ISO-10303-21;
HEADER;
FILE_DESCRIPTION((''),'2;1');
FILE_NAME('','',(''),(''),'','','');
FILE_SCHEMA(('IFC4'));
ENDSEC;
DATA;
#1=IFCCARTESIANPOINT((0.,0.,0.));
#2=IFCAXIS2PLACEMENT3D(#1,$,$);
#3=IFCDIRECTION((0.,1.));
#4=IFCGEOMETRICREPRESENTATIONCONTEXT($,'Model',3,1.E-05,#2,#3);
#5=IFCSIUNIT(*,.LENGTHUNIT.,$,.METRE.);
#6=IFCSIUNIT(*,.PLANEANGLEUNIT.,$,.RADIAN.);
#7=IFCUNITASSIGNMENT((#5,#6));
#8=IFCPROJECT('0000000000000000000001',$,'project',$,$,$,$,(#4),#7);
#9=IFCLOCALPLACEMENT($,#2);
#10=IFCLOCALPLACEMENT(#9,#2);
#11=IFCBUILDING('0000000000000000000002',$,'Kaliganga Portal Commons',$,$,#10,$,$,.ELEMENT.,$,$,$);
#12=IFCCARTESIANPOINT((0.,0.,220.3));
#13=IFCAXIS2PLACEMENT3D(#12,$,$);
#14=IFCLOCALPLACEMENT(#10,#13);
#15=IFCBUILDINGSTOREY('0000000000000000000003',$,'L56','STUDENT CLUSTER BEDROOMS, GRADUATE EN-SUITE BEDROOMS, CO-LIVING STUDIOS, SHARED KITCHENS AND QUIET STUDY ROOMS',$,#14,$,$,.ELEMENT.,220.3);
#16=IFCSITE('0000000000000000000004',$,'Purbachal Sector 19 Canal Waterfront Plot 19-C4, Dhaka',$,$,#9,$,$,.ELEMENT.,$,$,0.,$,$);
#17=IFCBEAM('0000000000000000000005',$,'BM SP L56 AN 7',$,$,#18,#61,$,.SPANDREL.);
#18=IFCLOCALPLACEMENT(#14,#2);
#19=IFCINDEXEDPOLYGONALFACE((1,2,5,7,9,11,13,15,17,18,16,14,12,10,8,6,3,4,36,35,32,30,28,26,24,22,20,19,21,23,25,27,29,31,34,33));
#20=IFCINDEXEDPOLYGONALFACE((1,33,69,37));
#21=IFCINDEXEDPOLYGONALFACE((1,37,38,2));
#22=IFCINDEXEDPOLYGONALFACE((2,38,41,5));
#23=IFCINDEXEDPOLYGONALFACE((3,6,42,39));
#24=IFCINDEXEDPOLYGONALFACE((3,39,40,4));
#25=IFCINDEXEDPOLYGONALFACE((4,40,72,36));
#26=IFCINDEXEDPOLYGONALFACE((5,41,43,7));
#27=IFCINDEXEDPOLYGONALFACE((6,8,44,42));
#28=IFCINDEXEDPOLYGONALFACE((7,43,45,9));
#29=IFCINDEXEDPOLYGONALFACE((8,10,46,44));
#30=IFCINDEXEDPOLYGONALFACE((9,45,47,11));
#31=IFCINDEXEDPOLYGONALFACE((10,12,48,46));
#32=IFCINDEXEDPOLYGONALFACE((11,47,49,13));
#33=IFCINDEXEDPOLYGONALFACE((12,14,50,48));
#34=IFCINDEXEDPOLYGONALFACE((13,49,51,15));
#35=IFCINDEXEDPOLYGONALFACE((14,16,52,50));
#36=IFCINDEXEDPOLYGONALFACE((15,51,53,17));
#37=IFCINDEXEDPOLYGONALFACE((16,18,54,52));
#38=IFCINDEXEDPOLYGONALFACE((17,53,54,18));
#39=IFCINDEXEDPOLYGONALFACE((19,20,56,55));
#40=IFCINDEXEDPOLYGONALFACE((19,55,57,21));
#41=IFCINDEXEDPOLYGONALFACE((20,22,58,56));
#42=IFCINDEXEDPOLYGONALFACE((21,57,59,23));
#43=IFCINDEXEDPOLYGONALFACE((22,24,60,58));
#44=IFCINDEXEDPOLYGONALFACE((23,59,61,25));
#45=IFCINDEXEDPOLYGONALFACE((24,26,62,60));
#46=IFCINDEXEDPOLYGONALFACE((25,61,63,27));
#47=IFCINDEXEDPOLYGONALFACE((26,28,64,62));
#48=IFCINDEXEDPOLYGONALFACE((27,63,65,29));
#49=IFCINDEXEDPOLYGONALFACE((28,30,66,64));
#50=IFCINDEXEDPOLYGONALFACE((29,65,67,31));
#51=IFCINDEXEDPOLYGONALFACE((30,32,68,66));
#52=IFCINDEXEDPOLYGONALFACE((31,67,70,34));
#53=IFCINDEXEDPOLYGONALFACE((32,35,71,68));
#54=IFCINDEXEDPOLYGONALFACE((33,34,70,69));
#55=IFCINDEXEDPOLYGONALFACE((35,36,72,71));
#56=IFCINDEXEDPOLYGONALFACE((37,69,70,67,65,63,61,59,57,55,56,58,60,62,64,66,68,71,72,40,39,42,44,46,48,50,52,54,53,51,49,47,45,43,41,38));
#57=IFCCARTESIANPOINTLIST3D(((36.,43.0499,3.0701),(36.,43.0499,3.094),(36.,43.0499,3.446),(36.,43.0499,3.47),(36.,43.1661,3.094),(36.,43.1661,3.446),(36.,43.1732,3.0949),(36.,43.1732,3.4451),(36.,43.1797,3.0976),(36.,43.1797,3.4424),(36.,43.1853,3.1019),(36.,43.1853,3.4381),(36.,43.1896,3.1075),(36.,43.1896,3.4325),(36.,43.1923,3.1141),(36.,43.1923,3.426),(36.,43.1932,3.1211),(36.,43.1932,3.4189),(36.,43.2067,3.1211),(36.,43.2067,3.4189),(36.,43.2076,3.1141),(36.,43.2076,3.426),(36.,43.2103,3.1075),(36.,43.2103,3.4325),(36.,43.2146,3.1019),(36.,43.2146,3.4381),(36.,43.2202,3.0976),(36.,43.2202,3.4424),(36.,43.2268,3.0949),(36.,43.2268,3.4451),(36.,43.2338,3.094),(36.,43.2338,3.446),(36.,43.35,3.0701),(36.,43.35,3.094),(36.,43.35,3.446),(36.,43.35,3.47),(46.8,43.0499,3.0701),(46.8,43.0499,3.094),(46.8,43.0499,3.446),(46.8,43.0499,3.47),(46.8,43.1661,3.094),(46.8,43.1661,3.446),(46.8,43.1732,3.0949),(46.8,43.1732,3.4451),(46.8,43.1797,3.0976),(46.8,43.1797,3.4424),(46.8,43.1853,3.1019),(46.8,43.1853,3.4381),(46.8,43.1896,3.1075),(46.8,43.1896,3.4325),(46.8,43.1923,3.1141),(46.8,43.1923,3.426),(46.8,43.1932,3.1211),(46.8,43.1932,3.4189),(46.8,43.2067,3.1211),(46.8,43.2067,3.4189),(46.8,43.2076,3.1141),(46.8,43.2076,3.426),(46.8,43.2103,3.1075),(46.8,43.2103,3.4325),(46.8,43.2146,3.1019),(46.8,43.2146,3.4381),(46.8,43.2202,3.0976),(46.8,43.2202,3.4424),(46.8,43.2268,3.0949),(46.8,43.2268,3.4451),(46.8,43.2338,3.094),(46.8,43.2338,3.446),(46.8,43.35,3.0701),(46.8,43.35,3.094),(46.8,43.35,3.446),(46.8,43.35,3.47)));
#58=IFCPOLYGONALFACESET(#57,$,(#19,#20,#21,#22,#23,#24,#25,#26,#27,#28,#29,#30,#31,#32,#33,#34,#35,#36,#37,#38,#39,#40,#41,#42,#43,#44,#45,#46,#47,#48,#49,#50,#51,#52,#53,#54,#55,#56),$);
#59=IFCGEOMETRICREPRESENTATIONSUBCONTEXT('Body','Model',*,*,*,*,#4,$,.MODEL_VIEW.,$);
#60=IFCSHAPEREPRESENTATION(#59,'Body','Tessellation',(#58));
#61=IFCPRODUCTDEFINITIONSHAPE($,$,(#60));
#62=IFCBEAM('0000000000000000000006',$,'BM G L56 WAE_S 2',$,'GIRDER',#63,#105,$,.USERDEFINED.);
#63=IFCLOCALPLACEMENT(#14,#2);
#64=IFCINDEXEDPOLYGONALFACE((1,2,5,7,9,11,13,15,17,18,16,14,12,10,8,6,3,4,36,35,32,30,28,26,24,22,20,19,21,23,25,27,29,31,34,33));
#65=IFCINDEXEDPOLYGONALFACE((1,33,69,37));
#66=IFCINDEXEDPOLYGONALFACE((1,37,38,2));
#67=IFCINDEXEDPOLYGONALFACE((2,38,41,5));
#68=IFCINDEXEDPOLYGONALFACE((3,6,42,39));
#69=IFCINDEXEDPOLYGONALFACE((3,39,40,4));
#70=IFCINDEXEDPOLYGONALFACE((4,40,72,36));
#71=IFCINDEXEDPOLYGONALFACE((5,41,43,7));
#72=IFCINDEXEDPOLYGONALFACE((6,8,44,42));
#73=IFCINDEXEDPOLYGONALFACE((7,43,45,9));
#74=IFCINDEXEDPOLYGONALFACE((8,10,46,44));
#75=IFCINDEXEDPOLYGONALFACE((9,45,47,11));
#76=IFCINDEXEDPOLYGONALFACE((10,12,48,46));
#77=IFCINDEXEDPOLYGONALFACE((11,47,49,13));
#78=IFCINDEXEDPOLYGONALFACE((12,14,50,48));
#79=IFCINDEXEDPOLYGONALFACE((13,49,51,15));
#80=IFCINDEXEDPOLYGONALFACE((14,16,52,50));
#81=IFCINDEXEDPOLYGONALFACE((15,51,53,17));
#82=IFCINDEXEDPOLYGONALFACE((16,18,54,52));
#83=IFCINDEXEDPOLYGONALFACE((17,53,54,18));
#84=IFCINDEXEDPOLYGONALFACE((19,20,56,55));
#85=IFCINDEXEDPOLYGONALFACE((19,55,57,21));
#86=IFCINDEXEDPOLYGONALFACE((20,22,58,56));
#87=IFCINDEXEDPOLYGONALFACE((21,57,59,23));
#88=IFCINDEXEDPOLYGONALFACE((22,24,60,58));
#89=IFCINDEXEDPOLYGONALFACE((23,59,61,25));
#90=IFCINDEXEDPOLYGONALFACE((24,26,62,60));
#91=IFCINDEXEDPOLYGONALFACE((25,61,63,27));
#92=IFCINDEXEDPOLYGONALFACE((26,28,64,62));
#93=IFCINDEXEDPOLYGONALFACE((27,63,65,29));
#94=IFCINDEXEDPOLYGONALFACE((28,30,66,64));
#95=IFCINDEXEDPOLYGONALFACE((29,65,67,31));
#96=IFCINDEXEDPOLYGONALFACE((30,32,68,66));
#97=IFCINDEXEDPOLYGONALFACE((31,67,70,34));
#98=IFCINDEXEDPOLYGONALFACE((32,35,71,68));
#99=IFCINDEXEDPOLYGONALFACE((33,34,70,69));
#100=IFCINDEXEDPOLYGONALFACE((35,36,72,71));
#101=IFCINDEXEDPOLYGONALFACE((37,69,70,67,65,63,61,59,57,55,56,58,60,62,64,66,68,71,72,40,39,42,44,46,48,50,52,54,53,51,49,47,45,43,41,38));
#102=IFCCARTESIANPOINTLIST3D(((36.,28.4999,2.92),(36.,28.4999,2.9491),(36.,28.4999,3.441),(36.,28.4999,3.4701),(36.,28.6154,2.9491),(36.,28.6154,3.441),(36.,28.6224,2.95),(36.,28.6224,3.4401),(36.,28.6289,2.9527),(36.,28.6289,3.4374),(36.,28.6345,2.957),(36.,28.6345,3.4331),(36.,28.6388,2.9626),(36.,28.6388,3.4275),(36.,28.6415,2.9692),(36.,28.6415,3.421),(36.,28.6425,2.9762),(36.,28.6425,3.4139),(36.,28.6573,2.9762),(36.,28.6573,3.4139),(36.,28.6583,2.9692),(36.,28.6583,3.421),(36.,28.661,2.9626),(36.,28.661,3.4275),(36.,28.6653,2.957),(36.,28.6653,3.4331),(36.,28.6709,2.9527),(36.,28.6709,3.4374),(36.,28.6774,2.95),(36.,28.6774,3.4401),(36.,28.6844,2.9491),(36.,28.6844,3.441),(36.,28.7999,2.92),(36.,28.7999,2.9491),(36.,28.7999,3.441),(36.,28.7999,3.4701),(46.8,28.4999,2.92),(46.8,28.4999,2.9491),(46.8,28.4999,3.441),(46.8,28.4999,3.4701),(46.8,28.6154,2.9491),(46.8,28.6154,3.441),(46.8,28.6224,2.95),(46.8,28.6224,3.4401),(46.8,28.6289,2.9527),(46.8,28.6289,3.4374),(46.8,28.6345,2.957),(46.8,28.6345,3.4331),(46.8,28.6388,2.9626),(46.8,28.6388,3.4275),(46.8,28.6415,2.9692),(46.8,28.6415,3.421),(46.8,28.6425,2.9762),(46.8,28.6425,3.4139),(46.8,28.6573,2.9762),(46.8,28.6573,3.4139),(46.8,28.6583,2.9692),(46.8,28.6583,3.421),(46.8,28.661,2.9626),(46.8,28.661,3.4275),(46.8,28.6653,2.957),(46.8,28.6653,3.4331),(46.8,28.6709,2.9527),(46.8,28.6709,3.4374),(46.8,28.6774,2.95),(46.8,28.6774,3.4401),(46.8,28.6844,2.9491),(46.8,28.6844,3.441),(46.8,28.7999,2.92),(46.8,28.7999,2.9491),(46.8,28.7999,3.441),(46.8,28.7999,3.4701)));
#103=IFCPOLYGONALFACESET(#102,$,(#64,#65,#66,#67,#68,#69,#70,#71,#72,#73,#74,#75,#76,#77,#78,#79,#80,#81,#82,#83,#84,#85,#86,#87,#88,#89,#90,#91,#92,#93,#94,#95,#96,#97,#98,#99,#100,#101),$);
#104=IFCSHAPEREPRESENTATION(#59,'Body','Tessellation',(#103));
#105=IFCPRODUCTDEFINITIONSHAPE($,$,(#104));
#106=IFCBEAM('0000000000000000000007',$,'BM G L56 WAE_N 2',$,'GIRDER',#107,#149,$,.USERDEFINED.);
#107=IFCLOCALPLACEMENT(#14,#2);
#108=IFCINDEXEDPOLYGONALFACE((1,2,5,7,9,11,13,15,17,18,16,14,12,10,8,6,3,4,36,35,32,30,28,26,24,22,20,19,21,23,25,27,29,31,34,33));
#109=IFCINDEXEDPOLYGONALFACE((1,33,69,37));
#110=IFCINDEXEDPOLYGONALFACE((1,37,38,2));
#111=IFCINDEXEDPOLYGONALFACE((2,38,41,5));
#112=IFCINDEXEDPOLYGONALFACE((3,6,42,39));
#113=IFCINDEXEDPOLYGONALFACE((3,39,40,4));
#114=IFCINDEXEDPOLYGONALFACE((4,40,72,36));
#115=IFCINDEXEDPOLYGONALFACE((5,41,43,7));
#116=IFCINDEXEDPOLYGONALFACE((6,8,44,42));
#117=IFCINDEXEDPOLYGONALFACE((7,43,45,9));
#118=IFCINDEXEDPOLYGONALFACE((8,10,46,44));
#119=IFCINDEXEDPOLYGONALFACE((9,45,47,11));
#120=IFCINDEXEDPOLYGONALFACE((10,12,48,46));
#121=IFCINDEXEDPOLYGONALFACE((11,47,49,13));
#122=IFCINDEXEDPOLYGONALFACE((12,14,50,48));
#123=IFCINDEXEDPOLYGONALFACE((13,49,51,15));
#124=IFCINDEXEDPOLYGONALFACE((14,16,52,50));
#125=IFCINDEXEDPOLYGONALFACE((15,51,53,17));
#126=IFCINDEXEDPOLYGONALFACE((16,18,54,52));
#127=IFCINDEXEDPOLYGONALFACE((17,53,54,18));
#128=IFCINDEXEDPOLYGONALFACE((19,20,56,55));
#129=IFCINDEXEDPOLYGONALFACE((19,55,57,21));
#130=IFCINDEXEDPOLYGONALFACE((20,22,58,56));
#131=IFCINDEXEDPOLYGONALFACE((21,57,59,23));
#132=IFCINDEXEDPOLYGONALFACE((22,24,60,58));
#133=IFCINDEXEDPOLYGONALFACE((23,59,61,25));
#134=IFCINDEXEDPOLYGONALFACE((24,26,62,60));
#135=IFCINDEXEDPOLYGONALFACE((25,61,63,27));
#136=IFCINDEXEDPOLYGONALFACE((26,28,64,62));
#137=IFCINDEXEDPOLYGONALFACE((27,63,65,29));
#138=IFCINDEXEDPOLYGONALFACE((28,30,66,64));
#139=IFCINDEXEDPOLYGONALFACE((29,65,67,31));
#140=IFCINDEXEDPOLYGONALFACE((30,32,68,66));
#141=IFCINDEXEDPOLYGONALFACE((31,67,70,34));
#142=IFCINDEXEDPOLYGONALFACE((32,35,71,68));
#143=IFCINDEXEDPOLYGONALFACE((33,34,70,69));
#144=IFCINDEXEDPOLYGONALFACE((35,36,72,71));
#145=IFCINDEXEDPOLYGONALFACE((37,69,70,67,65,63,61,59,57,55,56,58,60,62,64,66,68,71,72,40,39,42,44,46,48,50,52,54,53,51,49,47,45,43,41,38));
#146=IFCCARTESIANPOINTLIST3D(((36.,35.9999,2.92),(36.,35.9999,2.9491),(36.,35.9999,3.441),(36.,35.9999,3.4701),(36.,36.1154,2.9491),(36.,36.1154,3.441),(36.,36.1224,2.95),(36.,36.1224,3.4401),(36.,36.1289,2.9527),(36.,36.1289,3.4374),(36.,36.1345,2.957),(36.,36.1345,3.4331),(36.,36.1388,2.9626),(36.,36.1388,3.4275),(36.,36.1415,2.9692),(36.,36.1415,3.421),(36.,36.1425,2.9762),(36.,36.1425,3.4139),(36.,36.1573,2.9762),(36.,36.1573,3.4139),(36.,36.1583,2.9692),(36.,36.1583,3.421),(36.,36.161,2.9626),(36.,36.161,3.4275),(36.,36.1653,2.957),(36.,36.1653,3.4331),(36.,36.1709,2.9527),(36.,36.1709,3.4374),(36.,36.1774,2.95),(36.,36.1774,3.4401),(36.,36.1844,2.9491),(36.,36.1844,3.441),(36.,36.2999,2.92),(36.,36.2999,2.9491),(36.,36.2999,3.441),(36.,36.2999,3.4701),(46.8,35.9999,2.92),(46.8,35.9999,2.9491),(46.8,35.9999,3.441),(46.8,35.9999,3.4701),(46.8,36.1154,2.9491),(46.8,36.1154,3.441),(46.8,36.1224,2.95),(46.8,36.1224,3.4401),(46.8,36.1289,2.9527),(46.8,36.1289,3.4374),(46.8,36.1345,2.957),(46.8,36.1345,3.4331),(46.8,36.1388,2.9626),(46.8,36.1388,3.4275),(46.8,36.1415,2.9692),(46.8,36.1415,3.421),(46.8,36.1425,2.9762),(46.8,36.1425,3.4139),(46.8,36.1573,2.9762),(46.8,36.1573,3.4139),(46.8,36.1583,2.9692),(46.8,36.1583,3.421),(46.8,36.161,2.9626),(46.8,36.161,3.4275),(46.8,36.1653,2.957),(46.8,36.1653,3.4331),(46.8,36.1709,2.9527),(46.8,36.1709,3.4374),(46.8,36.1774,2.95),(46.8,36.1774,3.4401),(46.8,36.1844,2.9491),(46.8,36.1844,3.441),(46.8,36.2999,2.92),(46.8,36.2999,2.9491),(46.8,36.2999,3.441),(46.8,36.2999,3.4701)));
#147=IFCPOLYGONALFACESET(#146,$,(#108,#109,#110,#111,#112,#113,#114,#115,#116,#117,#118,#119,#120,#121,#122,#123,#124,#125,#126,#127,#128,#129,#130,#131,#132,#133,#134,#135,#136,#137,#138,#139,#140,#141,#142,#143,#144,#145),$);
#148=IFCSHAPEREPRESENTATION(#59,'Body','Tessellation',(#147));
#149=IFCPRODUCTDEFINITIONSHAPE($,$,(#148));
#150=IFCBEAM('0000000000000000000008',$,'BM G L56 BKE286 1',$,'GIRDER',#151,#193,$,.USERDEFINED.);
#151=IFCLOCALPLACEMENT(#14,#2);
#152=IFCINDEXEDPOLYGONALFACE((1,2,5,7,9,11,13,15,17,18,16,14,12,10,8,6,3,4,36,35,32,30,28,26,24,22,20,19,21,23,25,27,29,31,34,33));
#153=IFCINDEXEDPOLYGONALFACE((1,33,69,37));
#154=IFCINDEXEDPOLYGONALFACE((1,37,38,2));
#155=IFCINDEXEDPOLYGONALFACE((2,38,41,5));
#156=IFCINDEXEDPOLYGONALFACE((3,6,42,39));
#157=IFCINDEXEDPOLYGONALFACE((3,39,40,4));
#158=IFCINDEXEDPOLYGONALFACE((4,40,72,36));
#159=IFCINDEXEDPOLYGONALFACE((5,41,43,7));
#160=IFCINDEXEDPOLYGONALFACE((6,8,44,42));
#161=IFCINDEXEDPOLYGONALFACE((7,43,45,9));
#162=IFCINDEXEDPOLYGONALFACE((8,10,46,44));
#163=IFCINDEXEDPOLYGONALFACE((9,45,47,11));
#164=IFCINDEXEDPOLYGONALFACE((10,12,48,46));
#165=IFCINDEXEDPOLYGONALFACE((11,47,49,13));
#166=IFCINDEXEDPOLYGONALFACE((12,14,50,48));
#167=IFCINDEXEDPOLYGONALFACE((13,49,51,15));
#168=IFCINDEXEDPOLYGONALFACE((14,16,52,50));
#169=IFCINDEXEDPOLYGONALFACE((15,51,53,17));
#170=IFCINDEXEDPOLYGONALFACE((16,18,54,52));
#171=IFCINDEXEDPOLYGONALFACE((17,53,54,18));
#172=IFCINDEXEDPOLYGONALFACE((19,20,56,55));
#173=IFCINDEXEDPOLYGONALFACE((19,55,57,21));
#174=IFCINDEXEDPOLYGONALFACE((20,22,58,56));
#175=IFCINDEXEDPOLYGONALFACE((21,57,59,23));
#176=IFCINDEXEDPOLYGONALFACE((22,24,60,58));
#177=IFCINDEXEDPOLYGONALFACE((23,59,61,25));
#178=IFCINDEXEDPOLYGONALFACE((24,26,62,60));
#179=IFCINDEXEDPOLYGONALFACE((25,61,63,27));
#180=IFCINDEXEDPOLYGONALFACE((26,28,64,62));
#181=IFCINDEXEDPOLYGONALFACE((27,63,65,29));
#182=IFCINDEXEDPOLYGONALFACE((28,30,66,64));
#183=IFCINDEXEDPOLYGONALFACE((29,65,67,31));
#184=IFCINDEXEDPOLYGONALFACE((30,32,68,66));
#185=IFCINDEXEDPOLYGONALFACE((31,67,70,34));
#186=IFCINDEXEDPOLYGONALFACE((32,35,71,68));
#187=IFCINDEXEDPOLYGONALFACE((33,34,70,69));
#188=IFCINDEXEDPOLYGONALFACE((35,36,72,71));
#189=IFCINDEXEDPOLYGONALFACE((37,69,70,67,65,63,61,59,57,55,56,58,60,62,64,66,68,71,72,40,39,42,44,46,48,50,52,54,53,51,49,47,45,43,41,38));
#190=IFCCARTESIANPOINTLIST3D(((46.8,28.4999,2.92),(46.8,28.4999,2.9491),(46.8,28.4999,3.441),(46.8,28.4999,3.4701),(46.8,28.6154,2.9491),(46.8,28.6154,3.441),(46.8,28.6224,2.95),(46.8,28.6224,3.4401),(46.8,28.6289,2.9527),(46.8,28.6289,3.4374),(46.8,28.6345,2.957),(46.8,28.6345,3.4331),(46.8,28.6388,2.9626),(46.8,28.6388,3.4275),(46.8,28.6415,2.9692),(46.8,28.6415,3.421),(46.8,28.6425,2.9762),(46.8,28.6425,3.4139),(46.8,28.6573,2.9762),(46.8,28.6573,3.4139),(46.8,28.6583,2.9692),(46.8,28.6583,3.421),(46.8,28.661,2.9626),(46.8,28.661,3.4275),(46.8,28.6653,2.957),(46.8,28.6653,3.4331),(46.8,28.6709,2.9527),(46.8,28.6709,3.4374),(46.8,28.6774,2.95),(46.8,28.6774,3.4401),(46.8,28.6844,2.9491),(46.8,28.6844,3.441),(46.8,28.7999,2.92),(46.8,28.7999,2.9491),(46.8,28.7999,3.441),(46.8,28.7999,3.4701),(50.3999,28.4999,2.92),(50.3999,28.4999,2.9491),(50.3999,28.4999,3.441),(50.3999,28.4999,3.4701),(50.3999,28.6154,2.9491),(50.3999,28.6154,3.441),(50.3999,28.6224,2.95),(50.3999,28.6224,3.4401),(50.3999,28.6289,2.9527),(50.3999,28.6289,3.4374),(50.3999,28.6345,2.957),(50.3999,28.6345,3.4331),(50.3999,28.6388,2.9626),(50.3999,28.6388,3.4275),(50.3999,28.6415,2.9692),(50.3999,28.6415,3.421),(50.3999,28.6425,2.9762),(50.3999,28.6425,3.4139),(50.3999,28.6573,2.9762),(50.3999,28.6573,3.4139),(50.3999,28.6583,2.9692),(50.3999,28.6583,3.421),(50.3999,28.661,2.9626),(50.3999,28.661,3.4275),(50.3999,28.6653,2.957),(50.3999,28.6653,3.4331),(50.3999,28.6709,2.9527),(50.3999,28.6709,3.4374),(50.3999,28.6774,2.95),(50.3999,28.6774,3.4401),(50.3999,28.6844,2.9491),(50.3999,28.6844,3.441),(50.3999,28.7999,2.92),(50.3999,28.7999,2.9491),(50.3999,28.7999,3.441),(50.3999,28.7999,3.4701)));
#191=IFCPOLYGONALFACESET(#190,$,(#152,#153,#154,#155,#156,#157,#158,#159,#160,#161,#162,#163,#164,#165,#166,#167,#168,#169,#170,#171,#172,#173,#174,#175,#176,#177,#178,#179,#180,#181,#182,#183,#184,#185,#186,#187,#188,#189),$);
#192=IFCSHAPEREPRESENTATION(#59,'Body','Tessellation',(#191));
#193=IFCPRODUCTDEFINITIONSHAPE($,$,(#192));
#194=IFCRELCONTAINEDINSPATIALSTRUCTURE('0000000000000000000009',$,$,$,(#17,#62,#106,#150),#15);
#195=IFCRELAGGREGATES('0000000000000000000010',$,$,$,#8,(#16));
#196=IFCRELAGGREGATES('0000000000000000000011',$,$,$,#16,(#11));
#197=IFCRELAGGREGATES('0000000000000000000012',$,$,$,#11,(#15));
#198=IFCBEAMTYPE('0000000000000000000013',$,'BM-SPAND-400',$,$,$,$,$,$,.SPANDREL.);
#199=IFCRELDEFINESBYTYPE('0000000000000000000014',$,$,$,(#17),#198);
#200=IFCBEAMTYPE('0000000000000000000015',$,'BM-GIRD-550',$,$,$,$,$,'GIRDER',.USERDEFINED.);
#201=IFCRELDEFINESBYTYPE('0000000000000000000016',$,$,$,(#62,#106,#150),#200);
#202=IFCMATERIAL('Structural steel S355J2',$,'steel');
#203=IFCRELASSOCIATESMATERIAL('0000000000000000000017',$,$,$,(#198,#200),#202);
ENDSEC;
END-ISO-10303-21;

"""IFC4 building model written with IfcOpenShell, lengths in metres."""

from ifc_helpers import new_model, si_unit, direction, frame, origin, origin_2d, place, context, subcontext, project, spatial, i_section, extrude, source, transform, mapped, material, material_profile, profile_set, type_object, element, save


model = new_model("IFC4")

# Units and contexts
model_context = context("Model", 3, precision=1e-05, world=origin(), true_north=direction((0.0, 1.0)))
body_context = subcontext(model_context, "Body", "Model", "MODEL_VIEW")
ifc_project = project(units=[si_unit("LENGTHUNIT", "METRE"), si_unit("PLANEANGLEUNIT", "RADIAN")], contexts=[model_context])

# Site, building, storey
site_placement = place(None, origin())
site = spatial("IfcSite", under=ifc_project, at=site_placement, Name="Purbachal Sector 19 Canal Waterfront Plot 19-C4, Dhaka", CompositionType="ELEMENT", RefElevation=0.0)
building_placement = place(site_placement, origin())
building = spatial("IfcBuilding", under=site, at=building_placement, Name="Kaliganga Portal Commons", CompositionType="ELEMENT")
storey_placement = place(building_placement, frame((0.0, 0.0, 220.3)))
storey = spatial("IfcBuildingStorey", under=building, at=storey_placement, Name="L56", Description="STUDENT CLUSTER BEDROOMS, GRADUATE EN-SUITE BEDROOMS, CO-LIVING STUDIOS, SHARED KITCHENS AND QUIET STUDY ROOMS", CompositionType="ELEMENT", Elevation=220.3)

# Beams
ifc_material_1 = material(Name="Structural steel S355J2", Category="steel")
ifc_material_profile_1 = material_profile(ifc_material_1, i_section(OverallWidth=0.3, OverallDepth=0.3999, WebThickness=0.0134, FlangeThickness=0.0239, FilletRadius=0.0271, at=origin_2d()), Name="HE 400 B")
ifc_profile_set_1 = profile_set([ifc_material_profile_1], Name="Structural steel S355J2 wide-flange")
beam_type_1 = type_object("IfcBeamType", Name="BM-SPAND-400", PredefinedType="SPANDREL", material=ifc_profile_set_1)
shared_shape_1 = source(origin(), body_context, "Body", "SweptSolid", [
    extrude(i_section(OverallWidth=0.3, OverallDepth=0.3999, WebThickness=0.0134, FlangeThickness=0.0239, FilletRadius=0.0271, at=origin_2d()), origin(), (0.0, 0.0, 1.0), 10.8),
])
beam_1_placement = place(storey_placement, frame((36.0, 43.2, 3.27), z_axis=(1.0, 0.0, 0.0), x_axis=(0.0, 1.0, 0.0)))
element("IfcBeam", 1, at=beam_1_placement, inside=storey, type_object=beam_type_1, Name="BM SP L56 AN 7", PredefinedType="SPANDREL", context=body_context, shape_type="MappedRepresentation", body=[
    mapped(shared_shape_1, transform((0.0, 0.0, 0.0), x_axis=(1.0, 0.0, 0.0), y_axis=(0.0, 1.0, 0.0), z_axis=(0.0, 0.0, 1.0), scale=1.0)),
])
ifc_material_profile_2 = material_profile(ifc_material_1, i_section(OverallWidth=0.3, OverallDepth=0.55, WebThickness=0.0149, FlangeThickness=0.0291, FilletRadius=0.0271, at=origin_2d()), Name="HE 550 B")
ifc_profile_set_2 = profile_set([ifc_material_profile_2], Name="Structural steel S355J2 wide-flange")
beam_type_2 = type_object("IfcBeamType", Name="BM-GIRD-550", ElementType="GIRDER", PredefinedType="USERDEFINED", material=ifc_profile_set_2)
shared_shape_2 = source(origin(), body_context, "Body", "SweptSolid", [
    extrude(i_section(OverallWidth=0.3, OverallDepth=0.55, WebThickness=0.0149, FlangeThickness=0.0291, FilletRadius=0.0271, at=origin_2d()), origin(), (0.0, 0.0, 1.0), 10.8),
])
for number, where, z_axis, x_axis, name in (
    (2, (36.0, 28.6499, 3.1951), (1.0, 0.0, 0.0), (0.0, 1.0, 0.0), "BM G L56 WAE_S 2"),
    (3, (36.0, 36.1499, 3.1951), (1.0, 0.0, 0.0), (0.0, 1.0, 0.0), "BM G L56 WAE_N 2"),
):
    element("IfcBeam", number, at=place(storey_placement, frame(where, z_axis=z_axis, x_axis=x_axis)), inside=storey, type_object=beam_type_2, Name=name, ObjectType="GIRDER", PredefinedType="USERDEFINED", context=body_context, shape_type="MappedRepresentation", body=[
        mapped(shared_shape_2, transform((0.0, 0.0, 0.0), x_axis=(1.0, 0.0, 0.0), y_axis=(0.0, 1.0, 0.0), z_axis=(0.0, 0.0, 1.0), scale=1.0)),
    ])
shared_shape_3 = source(origin(), body_context, "Body", "SweptSolid", [
    extrude(i_section(OverallWidth=0.3, OverallDepth=0.55, WebThickness=0.0149, FlangeThickness=0.0291, FilletRadius=0.0271, at=origin_2d()), origin(), (0.0, 0.0, 1.0), 3.5999),
])
beam_2_placement = place(storey_placement, frame((46.8, 28.6499, 3.1951), z_axis=(1.0, 0.0, 0.0), x_axis=(0.0, 1.0, 0.0)))
element("IfcBeam", 4, at=beam_2_placement, inside=storey, type_object=beam_type_2, Name="BM G L56 BKE286 1", ObjectType="GIRDER", PredefinedType="USERDEFINED", context=body_context, shape_type="MappedRepresentation", body=[
    mapped(shared_shape_3, transform((0.0, 0.0, 0.0), x_axis=(1.0, 0.0, 0.0), y_axis=(0.0, 1.0, 0.0), z_axis=(0.0, 0.0, 1.0), scale=1.0)),
])

save(model, "model.ifc")
